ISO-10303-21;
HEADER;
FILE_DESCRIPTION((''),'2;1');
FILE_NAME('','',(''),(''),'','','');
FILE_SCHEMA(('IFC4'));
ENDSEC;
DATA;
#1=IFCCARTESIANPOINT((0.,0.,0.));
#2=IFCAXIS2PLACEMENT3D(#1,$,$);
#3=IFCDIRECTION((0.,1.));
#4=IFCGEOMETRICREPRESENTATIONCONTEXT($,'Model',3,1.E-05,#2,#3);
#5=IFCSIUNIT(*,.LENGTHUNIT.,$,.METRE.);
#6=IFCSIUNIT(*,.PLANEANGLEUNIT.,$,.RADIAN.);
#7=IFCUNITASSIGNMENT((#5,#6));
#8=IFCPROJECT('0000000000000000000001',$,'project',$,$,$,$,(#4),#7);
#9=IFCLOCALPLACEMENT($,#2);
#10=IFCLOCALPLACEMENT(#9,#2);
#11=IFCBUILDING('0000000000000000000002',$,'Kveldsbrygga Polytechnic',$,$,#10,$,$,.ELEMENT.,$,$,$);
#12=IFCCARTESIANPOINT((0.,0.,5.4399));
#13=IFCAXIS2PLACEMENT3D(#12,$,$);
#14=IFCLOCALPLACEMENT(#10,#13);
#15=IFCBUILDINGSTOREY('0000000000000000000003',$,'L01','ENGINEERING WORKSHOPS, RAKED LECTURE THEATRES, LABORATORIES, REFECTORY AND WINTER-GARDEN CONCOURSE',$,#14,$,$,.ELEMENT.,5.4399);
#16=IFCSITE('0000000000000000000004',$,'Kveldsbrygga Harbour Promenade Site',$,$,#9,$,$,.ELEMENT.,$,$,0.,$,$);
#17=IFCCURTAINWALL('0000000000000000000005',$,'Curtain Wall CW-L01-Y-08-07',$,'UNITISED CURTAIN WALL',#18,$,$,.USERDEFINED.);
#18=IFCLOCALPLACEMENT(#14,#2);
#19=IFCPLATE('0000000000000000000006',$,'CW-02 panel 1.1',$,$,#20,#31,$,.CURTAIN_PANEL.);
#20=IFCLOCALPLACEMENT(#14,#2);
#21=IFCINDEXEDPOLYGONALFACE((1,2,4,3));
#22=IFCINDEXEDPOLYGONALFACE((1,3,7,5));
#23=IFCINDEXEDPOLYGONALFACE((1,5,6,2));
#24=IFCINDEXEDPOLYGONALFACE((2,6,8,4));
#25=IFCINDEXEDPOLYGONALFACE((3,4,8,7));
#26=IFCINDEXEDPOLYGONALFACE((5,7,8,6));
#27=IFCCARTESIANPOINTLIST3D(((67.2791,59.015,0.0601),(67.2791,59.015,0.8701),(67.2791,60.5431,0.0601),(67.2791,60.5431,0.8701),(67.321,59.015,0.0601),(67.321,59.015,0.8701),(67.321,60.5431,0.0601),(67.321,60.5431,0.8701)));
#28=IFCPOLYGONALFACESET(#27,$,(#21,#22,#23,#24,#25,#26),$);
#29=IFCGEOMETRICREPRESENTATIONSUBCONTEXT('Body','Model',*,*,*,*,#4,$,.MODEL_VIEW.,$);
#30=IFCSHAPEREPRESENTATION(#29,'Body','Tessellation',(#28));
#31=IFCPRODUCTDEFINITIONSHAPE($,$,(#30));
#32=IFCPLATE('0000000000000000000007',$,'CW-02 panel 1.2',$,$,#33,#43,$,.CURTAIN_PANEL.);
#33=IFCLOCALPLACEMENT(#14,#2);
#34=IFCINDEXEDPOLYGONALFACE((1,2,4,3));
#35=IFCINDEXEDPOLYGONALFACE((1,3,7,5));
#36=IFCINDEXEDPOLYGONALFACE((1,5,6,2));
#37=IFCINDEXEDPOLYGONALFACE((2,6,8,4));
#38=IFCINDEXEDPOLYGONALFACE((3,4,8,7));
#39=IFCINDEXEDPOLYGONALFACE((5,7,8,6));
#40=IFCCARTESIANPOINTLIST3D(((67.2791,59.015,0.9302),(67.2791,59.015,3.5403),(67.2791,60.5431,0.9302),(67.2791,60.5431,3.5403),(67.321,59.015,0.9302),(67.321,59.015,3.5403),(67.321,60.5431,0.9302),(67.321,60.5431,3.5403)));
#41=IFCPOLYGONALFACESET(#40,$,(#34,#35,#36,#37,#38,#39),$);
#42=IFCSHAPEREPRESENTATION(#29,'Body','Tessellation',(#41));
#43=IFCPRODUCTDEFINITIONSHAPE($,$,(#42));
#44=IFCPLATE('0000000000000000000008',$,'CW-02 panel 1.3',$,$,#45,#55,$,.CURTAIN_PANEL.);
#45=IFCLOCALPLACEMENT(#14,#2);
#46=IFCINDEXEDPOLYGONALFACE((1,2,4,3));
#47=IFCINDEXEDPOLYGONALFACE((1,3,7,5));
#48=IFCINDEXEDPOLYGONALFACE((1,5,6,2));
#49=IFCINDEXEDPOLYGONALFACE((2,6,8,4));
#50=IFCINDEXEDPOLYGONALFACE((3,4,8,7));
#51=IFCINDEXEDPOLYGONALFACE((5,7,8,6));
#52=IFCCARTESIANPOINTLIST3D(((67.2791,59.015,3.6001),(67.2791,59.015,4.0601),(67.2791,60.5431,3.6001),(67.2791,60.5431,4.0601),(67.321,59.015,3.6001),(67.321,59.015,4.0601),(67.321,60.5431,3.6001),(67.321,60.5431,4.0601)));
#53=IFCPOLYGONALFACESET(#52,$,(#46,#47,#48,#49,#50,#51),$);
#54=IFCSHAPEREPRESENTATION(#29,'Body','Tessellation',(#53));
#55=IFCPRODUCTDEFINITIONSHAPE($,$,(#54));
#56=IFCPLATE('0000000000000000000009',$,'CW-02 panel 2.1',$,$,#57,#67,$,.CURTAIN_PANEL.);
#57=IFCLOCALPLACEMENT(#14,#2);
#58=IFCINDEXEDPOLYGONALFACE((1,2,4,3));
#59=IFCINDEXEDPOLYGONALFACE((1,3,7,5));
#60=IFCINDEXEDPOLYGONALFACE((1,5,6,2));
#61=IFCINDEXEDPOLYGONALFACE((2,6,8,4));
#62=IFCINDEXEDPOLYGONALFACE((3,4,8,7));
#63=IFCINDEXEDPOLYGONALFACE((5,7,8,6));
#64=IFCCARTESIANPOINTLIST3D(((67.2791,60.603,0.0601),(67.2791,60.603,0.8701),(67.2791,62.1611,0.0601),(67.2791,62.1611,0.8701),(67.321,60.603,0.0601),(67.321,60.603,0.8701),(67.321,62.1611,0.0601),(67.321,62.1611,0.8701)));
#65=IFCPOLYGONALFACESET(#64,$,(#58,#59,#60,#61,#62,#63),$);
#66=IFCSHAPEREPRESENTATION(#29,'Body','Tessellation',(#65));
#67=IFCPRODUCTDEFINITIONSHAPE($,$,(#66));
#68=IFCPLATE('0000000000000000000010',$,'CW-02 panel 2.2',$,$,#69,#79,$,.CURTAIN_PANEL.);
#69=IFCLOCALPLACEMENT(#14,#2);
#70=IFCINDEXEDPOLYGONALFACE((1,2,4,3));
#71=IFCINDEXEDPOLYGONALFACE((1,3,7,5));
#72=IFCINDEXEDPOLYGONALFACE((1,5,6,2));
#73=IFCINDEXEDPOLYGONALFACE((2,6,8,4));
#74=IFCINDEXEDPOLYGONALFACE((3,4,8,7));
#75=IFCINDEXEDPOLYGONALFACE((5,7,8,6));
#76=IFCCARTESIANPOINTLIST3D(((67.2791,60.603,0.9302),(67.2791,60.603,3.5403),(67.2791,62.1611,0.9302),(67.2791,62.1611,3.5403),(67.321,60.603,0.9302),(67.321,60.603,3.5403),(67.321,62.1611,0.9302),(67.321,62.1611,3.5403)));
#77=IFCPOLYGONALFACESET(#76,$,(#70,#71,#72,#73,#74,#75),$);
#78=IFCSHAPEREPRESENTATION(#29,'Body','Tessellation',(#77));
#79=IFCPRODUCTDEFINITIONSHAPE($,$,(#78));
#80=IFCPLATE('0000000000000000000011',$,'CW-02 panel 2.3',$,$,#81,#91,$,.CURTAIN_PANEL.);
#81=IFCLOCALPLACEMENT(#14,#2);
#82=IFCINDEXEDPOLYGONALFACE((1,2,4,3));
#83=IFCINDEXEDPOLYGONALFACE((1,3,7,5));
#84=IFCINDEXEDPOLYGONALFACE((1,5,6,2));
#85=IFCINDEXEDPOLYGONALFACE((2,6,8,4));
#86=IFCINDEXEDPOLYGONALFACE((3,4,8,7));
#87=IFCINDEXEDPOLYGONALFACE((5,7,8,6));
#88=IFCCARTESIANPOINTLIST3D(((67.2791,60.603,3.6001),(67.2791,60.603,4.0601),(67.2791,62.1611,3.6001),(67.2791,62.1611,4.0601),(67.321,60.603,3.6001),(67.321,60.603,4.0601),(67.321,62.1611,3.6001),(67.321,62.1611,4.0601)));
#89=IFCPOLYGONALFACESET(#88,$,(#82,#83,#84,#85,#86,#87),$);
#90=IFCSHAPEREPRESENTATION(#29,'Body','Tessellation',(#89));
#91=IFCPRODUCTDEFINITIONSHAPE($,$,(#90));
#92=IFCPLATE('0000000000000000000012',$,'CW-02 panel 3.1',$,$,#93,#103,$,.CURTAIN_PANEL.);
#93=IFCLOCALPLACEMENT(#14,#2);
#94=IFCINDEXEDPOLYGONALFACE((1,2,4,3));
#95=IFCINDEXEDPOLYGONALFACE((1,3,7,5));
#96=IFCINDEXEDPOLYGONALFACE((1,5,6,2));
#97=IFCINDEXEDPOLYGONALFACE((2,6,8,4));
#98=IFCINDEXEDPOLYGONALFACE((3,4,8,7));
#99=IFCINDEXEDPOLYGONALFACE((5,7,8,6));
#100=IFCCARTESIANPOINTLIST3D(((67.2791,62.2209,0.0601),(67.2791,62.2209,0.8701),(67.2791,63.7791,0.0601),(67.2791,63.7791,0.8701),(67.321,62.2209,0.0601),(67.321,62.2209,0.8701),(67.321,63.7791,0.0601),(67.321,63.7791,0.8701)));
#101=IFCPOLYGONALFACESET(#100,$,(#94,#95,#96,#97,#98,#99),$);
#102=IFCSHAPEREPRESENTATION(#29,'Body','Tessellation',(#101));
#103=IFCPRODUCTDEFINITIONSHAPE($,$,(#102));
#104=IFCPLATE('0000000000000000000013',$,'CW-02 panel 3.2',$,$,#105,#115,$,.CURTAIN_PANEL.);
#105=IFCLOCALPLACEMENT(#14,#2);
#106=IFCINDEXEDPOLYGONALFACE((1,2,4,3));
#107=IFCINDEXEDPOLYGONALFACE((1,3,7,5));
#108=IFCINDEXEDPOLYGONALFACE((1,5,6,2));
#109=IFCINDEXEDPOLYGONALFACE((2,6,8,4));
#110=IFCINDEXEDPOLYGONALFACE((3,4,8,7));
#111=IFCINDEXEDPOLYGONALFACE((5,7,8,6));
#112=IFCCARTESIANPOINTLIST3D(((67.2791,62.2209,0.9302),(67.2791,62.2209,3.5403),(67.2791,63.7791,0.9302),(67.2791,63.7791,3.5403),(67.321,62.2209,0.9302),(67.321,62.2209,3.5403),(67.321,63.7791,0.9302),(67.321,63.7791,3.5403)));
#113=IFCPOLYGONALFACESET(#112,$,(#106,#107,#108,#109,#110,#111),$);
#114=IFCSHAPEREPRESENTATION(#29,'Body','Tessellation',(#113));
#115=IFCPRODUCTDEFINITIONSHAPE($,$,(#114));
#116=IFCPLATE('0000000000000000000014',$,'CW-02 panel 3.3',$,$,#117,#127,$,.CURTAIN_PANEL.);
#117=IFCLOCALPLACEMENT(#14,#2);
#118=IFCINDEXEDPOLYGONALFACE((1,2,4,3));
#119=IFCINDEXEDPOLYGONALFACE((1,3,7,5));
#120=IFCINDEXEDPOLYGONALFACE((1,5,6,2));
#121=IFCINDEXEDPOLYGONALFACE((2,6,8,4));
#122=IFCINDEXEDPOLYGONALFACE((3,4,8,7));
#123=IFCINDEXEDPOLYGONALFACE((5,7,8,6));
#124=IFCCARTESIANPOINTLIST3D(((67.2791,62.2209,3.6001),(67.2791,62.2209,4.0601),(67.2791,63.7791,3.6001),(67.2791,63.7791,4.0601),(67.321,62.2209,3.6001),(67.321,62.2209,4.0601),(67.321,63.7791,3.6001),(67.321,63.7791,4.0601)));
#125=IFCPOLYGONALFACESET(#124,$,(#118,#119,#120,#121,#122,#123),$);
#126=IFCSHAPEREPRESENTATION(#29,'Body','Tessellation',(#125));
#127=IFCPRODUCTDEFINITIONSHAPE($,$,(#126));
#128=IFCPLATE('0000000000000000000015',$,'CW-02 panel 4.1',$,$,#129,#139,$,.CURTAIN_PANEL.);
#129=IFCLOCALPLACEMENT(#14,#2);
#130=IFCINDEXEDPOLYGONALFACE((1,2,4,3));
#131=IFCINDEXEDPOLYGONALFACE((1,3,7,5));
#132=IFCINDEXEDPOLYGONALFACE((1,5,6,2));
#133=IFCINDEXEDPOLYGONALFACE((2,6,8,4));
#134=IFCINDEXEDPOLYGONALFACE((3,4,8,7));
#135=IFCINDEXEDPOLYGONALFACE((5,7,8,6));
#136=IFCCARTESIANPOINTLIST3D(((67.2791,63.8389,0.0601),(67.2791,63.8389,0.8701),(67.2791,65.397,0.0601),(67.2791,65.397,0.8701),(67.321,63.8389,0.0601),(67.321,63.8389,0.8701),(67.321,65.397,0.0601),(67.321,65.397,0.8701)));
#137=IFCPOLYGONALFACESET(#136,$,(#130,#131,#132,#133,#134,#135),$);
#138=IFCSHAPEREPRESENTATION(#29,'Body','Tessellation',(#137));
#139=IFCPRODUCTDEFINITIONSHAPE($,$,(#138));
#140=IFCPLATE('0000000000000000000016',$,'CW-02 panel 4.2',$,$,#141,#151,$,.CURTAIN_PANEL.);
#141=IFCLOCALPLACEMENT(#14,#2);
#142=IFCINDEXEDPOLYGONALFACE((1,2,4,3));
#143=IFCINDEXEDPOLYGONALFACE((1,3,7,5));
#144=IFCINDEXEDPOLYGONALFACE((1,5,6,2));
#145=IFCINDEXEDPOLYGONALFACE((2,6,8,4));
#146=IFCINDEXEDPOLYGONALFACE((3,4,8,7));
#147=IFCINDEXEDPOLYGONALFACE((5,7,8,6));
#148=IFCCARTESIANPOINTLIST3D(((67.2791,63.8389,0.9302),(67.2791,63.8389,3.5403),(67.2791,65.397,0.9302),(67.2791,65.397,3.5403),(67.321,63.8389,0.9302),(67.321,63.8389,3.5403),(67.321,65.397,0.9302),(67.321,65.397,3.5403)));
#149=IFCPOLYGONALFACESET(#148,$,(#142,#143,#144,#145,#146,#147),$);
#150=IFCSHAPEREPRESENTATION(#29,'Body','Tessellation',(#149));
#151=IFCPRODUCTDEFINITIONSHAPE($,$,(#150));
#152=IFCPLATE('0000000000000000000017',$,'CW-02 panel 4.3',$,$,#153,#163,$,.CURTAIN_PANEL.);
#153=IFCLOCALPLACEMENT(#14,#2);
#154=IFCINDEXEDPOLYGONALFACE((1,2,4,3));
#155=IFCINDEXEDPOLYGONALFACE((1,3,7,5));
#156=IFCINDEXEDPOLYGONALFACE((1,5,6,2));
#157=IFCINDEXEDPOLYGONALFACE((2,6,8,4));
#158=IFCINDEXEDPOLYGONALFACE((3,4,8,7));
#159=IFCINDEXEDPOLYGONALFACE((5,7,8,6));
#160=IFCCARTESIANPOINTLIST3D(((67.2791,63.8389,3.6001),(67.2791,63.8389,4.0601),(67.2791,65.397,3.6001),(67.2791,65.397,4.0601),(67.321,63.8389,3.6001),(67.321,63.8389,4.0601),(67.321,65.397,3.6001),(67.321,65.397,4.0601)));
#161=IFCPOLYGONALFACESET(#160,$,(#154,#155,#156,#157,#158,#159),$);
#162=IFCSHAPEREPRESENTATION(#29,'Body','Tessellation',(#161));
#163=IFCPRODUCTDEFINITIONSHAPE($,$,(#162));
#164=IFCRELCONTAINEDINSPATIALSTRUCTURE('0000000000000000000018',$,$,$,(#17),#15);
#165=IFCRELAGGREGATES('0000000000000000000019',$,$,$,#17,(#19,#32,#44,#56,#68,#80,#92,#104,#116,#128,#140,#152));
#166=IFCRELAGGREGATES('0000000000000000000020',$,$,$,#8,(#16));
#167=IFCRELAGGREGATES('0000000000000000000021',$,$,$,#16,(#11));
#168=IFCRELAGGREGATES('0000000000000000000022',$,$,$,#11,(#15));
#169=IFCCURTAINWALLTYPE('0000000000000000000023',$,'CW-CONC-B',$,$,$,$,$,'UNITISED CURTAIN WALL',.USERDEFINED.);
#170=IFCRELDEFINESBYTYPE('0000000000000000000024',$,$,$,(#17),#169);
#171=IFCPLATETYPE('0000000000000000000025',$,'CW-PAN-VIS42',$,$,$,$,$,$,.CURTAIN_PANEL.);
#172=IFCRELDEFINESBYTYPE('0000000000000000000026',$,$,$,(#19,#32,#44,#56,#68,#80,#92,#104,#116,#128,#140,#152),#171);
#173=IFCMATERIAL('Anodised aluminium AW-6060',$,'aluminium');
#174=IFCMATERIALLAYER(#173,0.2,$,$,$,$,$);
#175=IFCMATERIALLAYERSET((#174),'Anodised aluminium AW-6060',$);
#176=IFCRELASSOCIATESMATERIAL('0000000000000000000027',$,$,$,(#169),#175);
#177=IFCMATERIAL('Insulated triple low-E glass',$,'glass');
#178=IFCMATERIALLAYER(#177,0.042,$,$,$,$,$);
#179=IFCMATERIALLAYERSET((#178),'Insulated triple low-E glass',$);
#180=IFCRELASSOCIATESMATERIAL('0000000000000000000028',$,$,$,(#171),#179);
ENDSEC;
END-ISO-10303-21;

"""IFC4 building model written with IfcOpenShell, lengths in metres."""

from ifc_helpers import new_model, si_unit, direction, frame, origin, origin_2d, place, context, subcontext, project, spatial, rectangle, extrude, material, layer, layer_set, type_object, element, aggregate, save


model = new_model("IFC4")

# Units and contexts
model_context = context("Model", 3, precision=1e-05, world=origin(), true_north=direction((0.0, 1.0)))
body_context = subcontext(model_context, "Body", "Model", "MODEL_VIEW")
ifc_project = project(units=[si_unit("LENGTHUNIT", "METRE"), si_unit("PLANEANGLEUNIT", "RADIAN")], contexts=[model_context])

# Site, building, storey
site_placement = place(None, origin())
site = spatial("IfcSite", under=ifc_project, at=site_placement, Name="Kveldsbrygga Harbour Promenade Site", CompositionType="ELEMENT", RefElevation=0.0)
building_placement = place(site_placement, origin())
building = spatial("IfcBuilding", under=site, at=building_placement, Name="Kveldsbrygga Polytechnic", CompositionType="ELEMENT")
storey_placement = place(building_placement, frame((0.0, 0.0, 5.4399)))
storey = spatial("IfcBuildingStorey", under=building, at=storey_placement, Name="L01", Description="ENGINEERING WORKSHOPS, RAKED LECTURE THEATRES, LABORATORIES, REFECTORY AND WINTER-GARDEN CONCOURSE", CompositionType="ELEMENT", Elevation=5.4399)

# Curtain wall
ifc_material_1 = material(Name="Anodised aluminium AW-6060", Category="aluminium")
ifc_layer_1 = layer(ifc_material_1, 0.2)
ifc_layer_set_1 = layer_set([ifc_layer_1], Name="Anodised aluminium AW-6060")
curtain_wall_type_1 = type_object("IfcCurtainWallType", Name="CW-CONC-B", ElementType="UNITISED CURTAIN WALL", PredefinedType="USERDEFINED", material=ifc_layer_set_1)
curtain_wall_1_placement = place(storey_placement, origin())
curtain_wall_1 = element("IfcCurtainWall", 1, at=curtain_wall_1_placement, inside=storey, type_object=curtain_wall_type_1, Name="Curtain Wall CW-L01-Y-08-07", ObjectType="UNITISED CURTAIN WALL", PredefinedType="USERDEFINED")

# Plates
ifc_material_2 = material(Name="Insulated triple low-E glass", Category="glass")
ifc_layer_2 = layer(ifc_material_2, 0.042)
ifc_layer_set_2 = layer_set([ifc_layer_2], Name="Insulated triple low-E glass")
plate_type = type_object("IfcPlateType", Name="CW-PAN-VIS42", PredefinedType="CURTAIN_PANEL", material=ifc_layer_set_2)
plate_1_placement = place(storey_placement, frame((67.3, 59.7791, 0.0601), z_axis=(0.0, 0.0, 1.0), x_axis=(0.0, 1.0, 0.0)))
plate_1 = element("IfcPlate", 2, at=plate_1_placement, type_object=plate_type, Name="CW-02 panel 1.1", PredefinedType="CURTAIN_PANEL", context=body_context, shape_type="SweptSolid", body=[
    extrude(rectangle(XDim=1.5281, YDim=0.042, at=origin_2d()), origin(), (0.0, 0.0, 1.0), 0.8101),
])
plate_2_placement = place(storey_placement, frame((67.3, 59.7791, 0.9302), z_axis=(0.0, 0.0, 1.0), x_axis=(0.0, 1.0, 0.0)))
plate_2 = element("IfcPlate", 3, at=plate_2_placement, type_object=plate_type, Name="CW-02 panel 1.2", PredefinedType="CURTAIN_PANEL", context=body_context, shape_type="SweptSolid", body=[
    extrude(rectangle(XDim=1.5281, YDim=0.042, at=origin_2d()), origin(), (0.0, 0.0, 1.0), 2.6101),
])
plate_3_placement = place(storey_placement, frame((67.3, 59.7791, 3.6001), z_axis=(0.0, 0.0, 1.0), x_axis=(0.0, 1.0, 0.0)))
plate_3 = element("IfcPlate", 4, at=plate_3_placement, type_object=plate_type, Name="CW-02 panel 1.3", PredefinedType="CURTAIN_PANEL", context=body_context, shape_type="SweptSolid", body=[
    extrude(rectangle(XDim=1.5281, YDim=0.042, at=origin_2d()), origin(), (0.0, 0.0, 1.0), 0.46),
])
plate_4_placement = place(storey_placement, frame((67.3, 61.3821, 0.0601), z_axis=(0.0, 0.0, 1.0), x_axis=(0.0, 1.0, 0.0)))
plate_4 = element("IfcPlate", 5, at=plate_4_placement, type_object=plate_type, Name="CW-02 panel 2.1", PredefinedType="CURTAIN_PANEL", context=body_context, shape_type="SweptSolid", body=[
    extrude(rectangle(XDim=1.5581, YDim=0.042, at=origin_2d()), origin(), (0.0, 0.0, 1.0), 0.8101),
])
plate_5_placement = place(storey_placement, frame((67.3, 61.3821, 0.9302), z_axis=(0.0, 0.0, 1.0), x_axis=(0.0, 1.0, 0.0)))
plate_5 = element("IfcPlate", 6, at=plate_5_placement, type_object=plate_type, Name="CW-02 panel 2.2", PredefinedType="CURTAIN_PANEL", context=body_context, shape_type="SweptSolid", body=[
    extrude(rectangle(XDim=1.5581, YDim=0.042, at=origin_2d()), origin(), (0.0, 0.0, 1.0), 2.6101),
])
plate_6_placement = place(storey_placement, frame((67.3, 61.3821, 3.6001), z_axis=(0.0, 0.0, 1.0), x_axis=(0.0, 1.0, 0.0)))
plate_6 = element("IfcPlate", 7, at=plate_6_placement, type_object=plate_type, Name="CW-02 panel 2.3", PredefinedType="CURTAIN_PANEL", context=body_context, shape_type="SweptSolid", body=[
    extrude(rectangle(XDim=1.5581, YDim=0.042, at=origin_2d()), origin(), (0.0, 0.0, 1.0), 0.46),
])
plate_7_placement = place(storey_placement, frame((67.3, 63.0, 0.0601), z_axis=(0.0, 0.0, 1.0), x_axis=(0.0, 1.0, 0.0)))
plate_7 = element("IfcPlate", 8, at=plate_7_placement, type_object=plate_type, Name="CW-02 panel 3.1", PredefinedType="CURTAIN_PANEL", context=body_context, shape_type="SweptSolid", body=[
    extrude(rectangle(XDim=1.5581, YDim=0.042, at=origin_2d()), origin(), (0.0, 0.0, 1.0), 0.8101),
])
plate_8_placement = place(storey_placement, frame((67.3, 63.0, 0.9302), z_axis=(0.0, 0.0, 1.0), x_axis=(0.0, 1.0, 0.0)))
plate_8 = element("IfcPlate", 9, at=plate_8_placement, type_object=plate_type, Name="CW-02 panel 3.2", PredefinedType="CURTAIN_PANEL", context=body_context, shape_type="SweptSolid", body=[
    extrude(rectangle(XDim=1.5581, YDim=0.042, at=origin_2d()), origin(), (0.0, 0.0, 1.0), 2.6101),
])
plate_9_placement = place(storey_placement, frame((67.3, 63.0, 3.6001), z_axis=(0.0, 0.0, 1.0), x_axis=(0.0, 1.0, 0.0)))
plate_9 = element("IfcPlate", 10, at=plate_9_placement, type_object=plate_type, Name="CW-02 panel 3.3", PredefinedType="CURTAIN_PANEL", context=body_context, shape_type="SweptSolid", body=[
    extrude(rectangle(XDim=1.5581, YDim=0.042, at=origin_2d()), origin(), (0.0, 0.0, 1.0), 0.46),
])
plate_10_placement = place(storey_placement, frame((67.3, 64.6179, 0.0601), z_axis=(0.0, 0.0, 1.0), x_axis=(0.0, 1.0, 0.0)))
plate_10 = element("IfcPlate", 11, at=plate_10_placement, type_object=plate_type, Name="CW-02 panel 4.1", PredefinedType="CURTAIN_PANEL", context=body_context, shape_type="SweptSolid", body=[
    extrude(rectangle(XDim=1.5581, YDim=0.042, at=origin_2d()), origin(), (0.0, 0.0, 1.0), 0.8101),
])
plate_11_placement = place(storey_placement, frame((67.3, 64.6179, 0.9302), z_axis=(0.0, 0.0, 1.0), x_axis=(0.0, 1.0, 0.0)))
plate_11 = element("IfcPlate", 12, at=plate_11_placement, type_object=plate_type, Name="CW-02 panel 4.2", PredefinedType="CURTAIN_PANEL", context=body_context, shape_type="SweptSolid", body=[
    extrude(rectangle(XDim=1.5581, YDim=0.042, at=origin_2d()), origin(), (0.0, 0.0, 1.0), 2.6101),
])
plate_12_placement = place(storey_placement, frame((67.3, 64.6179, 3.6001), z_axis=(0.0, 0.0, 1.0), x_axis=(0.0, 1.0, 0.0)))
plate_12 = element("IfcPlate", 13, at=plate_12_placement, type_object=plate_type, Name="CW-02 panel 4.3", PredefinedType="CURTAIN_PANEL", context=body_context, shape_type="SweptSolid", body=[
    extrude(rectangle(XDim=1.5581, YDim=0.042, at=origin_2d()), origin(), (0.0, 0.0, 1.0), 0.46),
])
aggregate(curtain_wall_1, [plate_1, plate_2, plate_3, plate_4, plate_5, plate_6, plate_7, plate_8, plate_9, plate_10, plate_11, plate_12])

save(model, "model.ifc")
